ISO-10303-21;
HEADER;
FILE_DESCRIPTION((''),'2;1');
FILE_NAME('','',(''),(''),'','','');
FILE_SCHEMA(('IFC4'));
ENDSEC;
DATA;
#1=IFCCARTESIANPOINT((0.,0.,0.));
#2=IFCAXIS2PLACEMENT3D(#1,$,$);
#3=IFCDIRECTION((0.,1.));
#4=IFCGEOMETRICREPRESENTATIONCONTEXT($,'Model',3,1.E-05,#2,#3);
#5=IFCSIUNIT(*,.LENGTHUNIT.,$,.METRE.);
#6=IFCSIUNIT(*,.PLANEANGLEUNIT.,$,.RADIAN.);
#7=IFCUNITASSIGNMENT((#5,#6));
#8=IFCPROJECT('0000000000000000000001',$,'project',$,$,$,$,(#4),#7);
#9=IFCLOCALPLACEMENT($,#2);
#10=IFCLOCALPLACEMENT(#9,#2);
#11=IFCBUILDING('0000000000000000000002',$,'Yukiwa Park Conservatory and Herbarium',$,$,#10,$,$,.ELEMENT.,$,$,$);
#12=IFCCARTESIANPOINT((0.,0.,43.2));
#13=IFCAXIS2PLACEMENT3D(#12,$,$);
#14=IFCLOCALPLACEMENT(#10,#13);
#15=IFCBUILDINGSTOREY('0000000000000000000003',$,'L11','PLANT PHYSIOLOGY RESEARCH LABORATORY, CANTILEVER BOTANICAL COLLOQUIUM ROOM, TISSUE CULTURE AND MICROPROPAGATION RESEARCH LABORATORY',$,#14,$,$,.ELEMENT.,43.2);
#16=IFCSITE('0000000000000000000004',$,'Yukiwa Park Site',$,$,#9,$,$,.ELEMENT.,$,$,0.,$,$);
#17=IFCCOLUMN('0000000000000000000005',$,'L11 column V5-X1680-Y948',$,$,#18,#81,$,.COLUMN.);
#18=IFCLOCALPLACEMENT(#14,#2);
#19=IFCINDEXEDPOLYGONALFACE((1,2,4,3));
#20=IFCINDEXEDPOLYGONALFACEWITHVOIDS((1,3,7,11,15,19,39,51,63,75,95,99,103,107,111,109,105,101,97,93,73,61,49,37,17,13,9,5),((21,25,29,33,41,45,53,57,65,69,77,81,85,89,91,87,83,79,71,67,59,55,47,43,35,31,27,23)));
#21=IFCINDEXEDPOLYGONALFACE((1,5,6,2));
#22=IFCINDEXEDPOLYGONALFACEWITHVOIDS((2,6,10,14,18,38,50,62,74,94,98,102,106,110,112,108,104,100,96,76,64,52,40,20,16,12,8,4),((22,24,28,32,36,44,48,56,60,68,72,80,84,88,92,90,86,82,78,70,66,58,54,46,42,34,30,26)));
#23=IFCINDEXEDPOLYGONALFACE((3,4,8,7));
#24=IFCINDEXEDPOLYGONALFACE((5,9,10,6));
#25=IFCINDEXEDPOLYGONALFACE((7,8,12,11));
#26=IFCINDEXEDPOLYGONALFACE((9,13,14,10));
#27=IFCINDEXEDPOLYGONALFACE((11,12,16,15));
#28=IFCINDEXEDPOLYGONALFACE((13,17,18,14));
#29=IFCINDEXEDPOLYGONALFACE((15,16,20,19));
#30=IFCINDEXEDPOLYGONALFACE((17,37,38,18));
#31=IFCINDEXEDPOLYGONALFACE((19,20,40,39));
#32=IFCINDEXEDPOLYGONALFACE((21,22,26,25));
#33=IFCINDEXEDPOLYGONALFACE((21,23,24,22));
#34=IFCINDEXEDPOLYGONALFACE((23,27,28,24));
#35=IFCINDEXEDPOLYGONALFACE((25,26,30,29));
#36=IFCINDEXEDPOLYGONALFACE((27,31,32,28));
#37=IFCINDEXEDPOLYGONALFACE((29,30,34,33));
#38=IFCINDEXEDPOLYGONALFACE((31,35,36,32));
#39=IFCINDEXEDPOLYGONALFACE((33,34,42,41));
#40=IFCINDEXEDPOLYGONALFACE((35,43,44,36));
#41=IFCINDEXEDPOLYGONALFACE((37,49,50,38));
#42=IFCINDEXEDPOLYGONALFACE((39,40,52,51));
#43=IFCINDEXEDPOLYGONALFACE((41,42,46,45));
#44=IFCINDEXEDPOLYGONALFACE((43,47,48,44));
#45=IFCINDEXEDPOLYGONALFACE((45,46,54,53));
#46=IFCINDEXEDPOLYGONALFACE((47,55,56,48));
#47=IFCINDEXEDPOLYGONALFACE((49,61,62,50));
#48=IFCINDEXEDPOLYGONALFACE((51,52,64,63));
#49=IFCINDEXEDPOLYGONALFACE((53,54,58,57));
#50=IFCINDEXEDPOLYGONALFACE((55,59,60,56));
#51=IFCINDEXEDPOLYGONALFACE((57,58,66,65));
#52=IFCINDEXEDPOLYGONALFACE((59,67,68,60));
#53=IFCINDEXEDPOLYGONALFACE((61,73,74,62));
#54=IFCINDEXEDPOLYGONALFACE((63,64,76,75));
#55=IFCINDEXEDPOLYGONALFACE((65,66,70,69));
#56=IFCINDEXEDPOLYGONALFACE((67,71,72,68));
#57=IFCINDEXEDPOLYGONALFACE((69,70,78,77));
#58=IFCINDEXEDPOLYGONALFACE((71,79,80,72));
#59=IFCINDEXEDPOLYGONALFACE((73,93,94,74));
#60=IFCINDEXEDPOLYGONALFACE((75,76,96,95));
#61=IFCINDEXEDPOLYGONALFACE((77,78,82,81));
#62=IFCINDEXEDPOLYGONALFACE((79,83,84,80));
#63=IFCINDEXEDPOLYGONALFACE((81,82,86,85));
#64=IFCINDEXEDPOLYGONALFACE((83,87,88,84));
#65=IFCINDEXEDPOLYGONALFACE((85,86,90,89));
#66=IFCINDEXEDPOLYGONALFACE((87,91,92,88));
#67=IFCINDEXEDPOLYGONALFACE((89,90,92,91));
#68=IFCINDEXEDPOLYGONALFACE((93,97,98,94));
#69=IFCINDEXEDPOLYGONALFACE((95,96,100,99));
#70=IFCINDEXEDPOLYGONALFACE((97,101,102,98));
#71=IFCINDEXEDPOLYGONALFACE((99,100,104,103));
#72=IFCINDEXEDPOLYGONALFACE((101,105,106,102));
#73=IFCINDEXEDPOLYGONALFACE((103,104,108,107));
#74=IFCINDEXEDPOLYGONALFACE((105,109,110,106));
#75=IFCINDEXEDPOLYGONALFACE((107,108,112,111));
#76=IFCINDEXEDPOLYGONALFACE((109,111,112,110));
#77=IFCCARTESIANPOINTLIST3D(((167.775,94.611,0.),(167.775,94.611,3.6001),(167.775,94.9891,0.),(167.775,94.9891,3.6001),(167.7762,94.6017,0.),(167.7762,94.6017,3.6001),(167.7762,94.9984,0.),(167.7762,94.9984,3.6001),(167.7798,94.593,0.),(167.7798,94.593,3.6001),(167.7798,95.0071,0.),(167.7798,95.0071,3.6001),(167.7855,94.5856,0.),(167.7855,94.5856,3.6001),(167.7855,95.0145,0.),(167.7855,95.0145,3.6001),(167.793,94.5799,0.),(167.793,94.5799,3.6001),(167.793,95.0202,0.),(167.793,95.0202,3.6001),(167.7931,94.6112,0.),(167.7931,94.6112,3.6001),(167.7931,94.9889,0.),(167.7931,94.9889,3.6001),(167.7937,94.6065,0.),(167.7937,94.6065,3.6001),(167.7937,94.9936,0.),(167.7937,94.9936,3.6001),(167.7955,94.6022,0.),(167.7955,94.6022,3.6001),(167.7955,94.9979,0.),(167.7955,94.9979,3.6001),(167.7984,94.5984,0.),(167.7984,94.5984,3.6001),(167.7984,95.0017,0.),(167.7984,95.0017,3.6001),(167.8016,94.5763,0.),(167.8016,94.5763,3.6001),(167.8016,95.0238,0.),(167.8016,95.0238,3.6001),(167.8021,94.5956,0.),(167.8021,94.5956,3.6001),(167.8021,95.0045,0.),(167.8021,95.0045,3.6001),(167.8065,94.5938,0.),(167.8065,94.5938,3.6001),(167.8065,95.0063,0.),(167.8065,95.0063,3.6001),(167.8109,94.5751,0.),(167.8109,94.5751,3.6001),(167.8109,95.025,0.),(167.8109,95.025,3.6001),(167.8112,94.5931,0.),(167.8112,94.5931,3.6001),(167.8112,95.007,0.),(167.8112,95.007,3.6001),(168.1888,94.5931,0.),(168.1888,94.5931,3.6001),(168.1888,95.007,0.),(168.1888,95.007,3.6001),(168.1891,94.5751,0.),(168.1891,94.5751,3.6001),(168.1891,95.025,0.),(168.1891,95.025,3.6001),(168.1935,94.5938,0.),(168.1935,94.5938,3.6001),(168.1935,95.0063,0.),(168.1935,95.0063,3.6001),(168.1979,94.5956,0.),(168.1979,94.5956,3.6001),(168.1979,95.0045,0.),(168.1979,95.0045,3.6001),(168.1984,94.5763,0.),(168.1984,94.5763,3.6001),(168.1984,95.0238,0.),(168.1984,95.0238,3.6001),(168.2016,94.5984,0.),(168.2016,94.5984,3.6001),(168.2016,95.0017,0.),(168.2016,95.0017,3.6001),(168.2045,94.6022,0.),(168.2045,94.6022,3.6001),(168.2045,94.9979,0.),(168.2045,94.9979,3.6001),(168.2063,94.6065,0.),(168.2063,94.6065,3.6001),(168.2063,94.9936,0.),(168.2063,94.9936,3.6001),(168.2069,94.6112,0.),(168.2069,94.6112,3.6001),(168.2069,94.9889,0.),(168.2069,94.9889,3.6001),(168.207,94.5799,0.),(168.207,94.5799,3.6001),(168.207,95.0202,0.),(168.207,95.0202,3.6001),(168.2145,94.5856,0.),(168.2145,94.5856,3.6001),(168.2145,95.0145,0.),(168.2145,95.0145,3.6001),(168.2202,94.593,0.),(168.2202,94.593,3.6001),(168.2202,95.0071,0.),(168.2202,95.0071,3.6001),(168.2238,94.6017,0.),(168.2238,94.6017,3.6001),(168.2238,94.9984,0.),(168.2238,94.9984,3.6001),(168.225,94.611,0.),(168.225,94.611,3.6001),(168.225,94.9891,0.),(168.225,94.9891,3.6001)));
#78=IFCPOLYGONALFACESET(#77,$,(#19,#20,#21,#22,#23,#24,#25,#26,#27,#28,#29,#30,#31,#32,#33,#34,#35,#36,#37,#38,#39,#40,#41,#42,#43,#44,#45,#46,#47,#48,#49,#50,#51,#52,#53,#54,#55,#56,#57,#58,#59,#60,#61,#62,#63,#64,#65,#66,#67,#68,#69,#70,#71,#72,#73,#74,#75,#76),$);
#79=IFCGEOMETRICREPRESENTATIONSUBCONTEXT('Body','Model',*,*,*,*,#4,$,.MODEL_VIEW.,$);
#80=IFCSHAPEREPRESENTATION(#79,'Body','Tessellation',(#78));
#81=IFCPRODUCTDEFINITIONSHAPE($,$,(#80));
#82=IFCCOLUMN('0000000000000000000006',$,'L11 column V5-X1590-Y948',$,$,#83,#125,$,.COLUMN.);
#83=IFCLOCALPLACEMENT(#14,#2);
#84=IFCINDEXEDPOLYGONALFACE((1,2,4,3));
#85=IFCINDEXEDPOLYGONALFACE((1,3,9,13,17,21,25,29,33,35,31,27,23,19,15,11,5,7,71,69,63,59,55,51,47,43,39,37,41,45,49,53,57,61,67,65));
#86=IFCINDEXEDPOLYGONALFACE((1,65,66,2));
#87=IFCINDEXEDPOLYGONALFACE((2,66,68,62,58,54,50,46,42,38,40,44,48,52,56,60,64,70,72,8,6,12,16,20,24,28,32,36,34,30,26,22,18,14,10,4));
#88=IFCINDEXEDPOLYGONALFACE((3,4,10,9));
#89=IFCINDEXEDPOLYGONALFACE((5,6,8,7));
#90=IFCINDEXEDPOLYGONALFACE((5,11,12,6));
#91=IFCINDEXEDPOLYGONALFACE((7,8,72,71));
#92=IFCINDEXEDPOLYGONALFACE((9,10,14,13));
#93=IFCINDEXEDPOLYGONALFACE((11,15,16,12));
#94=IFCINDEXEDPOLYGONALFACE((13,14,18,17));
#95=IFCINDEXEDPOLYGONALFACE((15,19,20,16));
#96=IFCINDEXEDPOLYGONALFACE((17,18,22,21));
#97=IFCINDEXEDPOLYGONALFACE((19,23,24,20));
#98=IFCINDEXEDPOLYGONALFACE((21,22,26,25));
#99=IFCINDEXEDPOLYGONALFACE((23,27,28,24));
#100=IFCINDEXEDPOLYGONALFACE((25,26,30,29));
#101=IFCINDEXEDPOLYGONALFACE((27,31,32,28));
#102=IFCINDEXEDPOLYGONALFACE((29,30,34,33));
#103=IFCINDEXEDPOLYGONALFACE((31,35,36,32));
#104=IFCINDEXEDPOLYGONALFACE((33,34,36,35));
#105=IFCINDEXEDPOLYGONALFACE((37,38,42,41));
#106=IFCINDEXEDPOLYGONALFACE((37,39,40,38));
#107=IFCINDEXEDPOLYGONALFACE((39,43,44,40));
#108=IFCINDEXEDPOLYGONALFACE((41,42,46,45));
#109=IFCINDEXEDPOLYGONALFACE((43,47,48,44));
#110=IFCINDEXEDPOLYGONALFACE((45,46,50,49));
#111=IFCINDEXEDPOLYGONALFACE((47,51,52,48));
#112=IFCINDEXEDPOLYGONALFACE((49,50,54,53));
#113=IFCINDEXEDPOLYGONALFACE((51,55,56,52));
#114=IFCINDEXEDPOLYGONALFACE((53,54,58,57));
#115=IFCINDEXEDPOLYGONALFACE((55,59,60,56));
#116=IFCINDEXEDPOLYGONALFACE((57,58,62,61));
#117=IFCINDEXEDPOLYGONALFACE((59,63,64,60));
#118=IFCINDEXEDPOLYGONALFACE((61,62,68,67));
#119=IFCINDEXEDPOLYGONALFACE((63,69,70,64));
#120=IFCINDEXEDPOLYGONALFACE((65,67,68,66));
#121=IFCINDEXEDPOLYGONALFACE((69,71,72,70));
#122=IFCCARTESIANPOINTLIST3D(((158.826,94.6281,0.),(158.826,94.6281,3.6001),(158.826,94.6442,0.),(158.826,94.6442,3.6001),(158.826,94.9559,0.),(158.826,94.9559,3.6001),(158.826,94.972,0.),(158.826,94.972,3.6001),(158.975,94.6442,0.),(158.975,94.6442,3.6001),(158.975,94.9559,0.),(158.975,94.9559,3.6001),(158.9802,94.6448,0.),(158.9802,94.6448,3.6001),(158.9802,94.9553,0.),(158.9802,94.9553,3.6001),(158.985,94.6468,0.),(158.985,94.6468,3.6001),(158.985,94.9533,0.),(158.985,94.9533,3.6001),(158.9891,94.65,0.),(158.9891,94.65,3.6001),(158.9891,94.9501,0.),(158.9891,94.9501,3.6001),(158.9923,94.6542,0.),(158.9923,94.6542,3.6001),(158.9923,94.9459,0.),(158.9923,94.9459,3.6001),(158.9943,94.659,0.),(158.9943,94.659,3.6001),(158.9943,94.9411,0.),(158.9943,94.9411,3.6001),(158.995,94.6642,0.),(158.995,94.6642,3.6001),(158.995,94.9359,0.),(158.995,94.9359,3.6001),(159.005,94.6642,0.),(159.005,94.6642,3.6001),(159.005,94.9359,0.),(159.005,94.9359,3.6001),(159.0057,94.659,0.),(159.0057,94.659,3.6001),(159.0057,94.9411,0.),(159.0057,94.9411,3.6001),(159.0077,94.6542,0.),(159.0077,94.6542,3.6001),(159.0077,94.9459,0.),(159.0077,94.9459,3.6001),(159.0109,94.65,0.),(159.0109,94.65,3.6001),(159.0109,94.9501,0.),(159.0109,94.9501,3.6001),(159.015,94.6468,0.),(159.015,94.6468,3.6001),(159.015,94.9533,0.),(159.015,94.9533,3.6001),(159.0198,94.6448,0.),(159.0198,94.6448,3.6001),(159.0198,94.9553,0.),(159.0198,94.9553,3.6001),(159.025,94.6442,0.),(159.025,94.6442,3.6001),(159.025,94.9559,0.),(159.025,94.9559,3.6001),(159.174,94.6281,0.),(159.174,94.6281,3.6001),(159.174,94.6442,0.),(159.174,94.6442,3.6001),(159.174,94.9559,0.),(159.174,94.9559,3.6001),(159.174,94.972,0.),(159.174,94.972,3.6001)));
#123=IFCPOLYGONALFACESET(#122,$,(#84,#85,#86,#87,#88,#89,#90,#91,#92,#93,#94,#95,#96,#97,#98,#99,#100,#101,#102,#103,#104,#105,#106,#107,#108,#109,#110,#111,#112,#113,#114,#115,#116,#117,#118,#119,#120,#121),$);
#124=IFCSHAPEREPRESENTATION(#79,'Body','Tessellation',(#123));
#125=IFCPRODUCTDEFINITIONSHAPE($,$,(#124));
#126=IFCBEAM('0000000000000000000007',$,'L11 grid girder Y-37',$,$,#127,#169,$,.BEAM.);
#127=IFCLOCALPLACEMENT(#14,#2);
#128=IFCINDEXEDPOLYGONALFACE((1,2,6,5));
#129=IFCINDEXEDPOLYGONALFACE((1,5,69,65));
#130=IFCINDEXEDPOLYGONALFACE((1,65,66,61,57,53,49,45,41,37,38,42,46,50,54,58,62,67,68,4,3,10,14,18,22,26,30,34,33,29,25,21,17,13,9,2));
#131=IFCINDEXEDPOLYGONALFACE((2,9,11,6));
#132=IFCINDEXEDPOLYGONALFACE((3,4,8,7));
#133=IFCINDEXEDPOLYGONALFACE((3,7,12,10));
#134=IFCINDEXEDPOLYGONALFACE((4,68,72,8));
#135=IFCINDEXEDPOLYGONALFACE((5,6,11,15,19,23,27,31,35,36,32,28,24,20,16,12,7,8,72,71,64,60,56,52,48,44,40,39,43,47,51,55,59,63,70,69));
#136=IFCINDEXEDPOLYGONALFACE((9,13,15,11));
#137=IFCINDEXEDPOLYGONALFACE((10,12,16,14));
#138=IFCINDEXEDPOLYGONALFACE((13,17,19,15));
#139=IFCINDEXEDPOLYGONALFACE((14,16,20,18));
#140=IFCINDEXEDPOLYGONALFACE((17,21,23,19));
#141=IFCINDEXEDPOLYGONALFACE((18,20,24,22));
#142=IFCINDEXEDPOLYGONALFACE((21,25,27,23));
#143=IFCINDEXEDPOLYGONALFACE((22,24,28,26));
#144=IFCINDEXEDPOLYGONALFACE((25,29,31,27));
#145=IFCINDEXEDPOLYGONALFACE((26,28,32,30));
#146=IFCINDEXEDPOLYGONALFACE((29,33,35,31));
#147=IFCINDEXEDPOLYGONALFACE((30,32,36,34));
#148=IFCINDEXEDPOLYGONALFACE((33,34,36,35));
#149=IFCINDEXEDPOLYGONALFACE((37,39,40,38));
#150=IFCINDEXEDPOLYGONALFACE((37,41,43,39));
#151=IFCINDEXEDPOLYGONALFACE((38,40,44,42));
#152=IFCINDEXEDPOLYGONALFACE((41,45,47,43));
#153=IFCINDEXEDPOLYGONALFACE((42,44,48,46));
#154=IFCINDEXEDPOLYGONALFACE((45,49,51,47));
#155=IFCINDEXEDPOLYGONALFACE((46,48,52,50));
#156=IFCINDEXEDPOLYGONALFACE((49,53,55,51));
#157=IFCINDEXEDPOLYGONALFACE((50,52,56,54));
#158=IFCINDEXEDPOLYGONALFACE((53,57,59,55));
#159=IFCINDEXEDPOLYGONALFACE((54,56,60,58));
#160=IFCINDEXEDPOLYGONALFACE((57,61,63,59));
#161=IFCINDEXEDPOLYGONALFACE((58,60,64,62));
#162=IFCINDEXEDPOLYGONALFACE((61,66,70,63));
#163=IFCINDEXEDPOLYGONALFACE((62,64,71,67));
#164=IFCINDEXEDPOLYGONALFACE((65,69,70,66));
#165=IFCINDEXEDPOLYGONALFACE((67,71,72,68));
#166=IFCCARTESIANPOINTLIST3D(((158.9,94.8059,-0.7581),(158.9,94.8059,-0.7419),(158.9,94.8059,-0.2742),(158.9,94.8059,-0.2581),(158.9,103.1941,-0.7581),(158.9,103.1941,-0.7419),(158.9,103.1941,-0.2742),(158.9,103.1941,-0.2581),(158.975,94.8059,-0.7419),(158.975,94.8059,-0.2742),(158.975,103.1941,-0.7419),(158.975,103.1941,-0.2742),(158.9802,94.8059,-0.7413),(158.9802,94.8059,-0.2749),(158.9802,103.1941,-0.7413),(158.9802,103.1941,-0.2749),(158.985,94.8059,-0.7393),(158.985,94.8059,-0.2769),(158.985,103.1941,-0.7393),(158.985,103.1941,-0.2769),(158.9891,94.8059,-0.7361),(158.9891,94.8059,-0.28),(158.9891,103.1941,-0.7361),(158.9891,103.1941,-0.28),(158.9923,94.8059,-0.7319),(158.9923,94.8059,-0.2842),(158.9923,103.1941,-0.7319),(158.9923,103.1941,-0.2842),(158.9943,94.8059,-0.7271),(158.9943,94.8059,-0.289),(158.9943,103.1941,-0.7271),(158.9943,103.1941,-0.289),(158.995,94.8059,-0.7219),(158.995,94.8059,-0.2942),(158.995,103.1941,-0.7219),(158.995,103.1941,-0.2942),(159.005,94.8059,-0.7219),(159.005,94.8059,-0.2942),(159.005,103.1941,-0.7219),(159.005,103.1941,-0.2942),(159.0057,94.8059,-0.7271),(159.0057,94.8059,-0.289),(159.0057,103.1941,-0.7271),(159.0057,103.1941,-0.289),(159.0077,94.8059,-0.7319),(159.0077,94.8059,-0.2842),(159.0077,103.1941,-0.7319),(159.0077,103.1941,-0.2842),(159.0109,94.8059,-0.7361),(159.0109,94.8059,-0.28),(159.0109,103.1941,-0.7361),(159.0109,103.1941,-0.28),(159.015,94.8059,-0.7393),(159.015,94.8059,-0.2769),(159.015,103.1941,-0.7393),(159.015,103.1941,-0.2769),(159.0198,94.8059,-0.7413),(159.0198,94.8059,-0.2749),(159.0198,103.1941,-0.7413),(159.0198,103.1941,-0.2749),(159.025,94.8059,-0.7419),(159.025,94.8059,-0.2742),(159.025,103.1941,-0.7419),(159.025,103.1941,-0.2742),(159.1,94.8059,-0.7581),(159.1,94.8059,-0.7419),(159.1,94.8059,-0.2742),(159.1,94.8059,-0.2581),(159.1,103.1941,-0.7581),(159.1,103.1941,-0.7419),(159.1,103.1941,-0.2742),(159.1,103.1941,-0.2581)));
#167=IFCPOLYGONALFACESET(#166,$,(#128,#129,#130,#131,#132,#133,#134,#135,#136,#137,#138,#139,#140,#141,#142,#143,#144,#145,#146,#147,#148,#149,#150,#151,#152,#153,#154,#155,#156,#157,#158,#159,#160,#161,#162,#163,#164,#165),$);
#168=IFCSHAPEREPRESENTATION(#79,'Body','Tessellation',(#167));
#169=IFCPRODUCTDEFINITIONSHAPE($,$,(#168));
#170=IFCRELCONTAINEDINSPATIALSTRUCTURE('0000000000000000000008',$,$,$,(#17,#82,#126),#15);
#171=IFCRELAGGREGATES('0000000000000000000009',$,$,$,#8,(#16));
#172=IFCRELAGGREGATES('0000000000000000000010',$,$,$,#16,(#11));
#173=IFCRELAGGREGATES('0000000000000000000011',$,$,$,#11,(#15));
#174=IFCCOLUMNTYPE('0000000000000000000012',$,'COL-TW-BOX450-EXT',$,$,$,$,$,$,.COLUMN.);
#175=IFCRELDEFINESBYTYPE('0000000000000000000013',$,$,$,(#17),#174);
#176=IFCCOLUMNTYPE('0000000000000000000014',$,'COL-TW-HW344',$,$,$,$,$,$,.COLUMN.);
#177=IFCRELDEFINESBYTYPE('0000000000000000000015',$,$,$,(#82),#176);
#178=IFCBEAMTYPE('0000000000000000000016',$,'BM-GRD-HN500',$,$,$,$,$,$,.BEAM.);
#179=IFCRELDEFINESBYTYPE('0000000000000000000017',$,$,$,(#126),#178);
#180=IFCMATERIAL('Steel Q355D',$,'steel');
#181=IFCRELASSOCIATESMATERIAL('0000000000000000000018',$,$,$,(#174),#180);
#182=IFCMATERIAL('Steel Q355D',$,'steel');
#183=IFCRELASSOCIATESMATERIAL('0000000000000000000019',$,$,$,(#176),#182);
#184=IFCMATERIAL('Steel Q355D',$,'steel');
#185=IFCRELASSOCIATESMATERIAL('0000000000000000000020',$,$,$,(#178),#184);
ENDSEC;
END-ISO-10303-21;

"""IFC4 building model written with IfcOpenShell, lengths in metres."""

from ifc_helpers import new_model, si_unit, direction, frame, origin, origin_2d, place, context, subcontext, project, spatial, hollow_rectangle, i_section, extrude, material, material_profile, profile_set, type_object, element, save


model = new_model("IFC4")

# Units and contexts
model_context = context("Model", 3, precision=1e-05, world=origin(), true_north=direction((0.0, 1.0)))
body_context = subcontext(model_context, "Body", "Model", "MODEL_VIEW")
ifc_project = project(units=[si_unit("LENGTHUNIT", "METRE"), si_unit("PLANEANGLEUNIT", "RADIAN")], contexts=[model_context])

# Site, building, storey
site_placement = place(None, origin())
site = spatial("IfcSite", under=ifc_project, at=site_placement, Name="Yukiwa Park Site", CompositionType="ELEMENT", RefElevation=0.0)
building_placement = place(site_placement, origin())
building = spatial("IfcBuilding", under=site, at=building_placement, Name="Yukiwa Park Conservatory and Herbarium", CompositionType="ELEMENT")
storey_placement = place(building_placement, frame((0.0, 0.0, 43.2)))
storey = spatial("IfcBuildingStorey", under=building, at=storey_placement, Name="L11", Description="PLANT PHYSIOLOGY RESEARCH LABORATORY, CANTILEVER BOTANICAL COLLOQUIUM ROOM, TISSUE CULTURE AND MICROPROPAGATION RESEARCH LABORATORY", CompositionType="ELEMENT", Elevation=43.2)

# Columns
ifc_material_1 = material(Name="Steel Q355D", Category="steel")
ifc_material_profile_1 = material_profile(ifc_material_1, hollow_rectangle(XDim=0.45, YDim=0.45, WallThickness=0.0181, InnerFilletRadius=0.0181, OuterFilletRadius=0.0359, at=origin_2d()), Name="BOX 450x450x18")
ifc_profile_set_1 = profile_set([ifc_material_profile_1], Name="Steel Q355D")
column_type_1 = type_object("IfcColumnType", Name="COL-TW-BOX450-EXT", PredefinedType="COLUMN", material=ifc_profile_set_1)
column_1_placement = place(storey_placement, frame((168.0, 94.8, 0.0), z_axis=(0.0, 0.0, 1.0), x_axis=(1.0, 0.0, 0.0)))
element("IfcColumn", 1, at=column_1_placement, inside=storey, type_object=column_type_1, Name="L11 column V5-X1680-Y948", PredefinedType="COLUMN", context=body_context, shape_type="SweptSolid", body=[
    extrude(hollow_rectangle(XDim=0.45, YDim=0.45, WallThickness=0.0181, InnerFilletRadius=0.0181, OuterFilletRadius=0.0359, at=origin_2d()), origin(), (0.0, 0.0, 1.0), 3.6001),
])
ifc_material_2 = material(Name="Steel Q355D", Category="steel")
ifc_material_profile_2 = material_profile(ifc_material_2, i_section(OverallWidth=0.3479, OverallDepth=0.344, WebThickness=0.01, FlangeThickness=0.0161, FilletRadius=0.02, at=origin_2d()), Name="HW 344x348x10x16")
ifc_profile_set_2 = profile_set([ifc_material_profile_2], Name="Steel Q355D")
column_type_2 = type_object("IfcColumnType", Name="COL-TW-HW344", PredefinedType="COLUMN", material=ifc_profile_set_2)
column_2_placement = place(storey_placement, frame((159.0, 94.8, 0.0), z_axis=(0.0, 0.0, 1.0), x_axis=(1.0, 0.0, 0.0)))
element("IfcColumn", 2, at=column_2_placement, inside=storey, type_object=column_type_2, Name="L11 column V5-X1590-Y948", PredefinedType="COLUMN", context=body_context, shape_type="SweptSolid", body=[
    extrude(i_section(OverallWidth=0.3479, OverallDepth=0.344, WebThickness=0.01, FlangeThickness=0.0161, FilletRadius=0.02, at=origin_2d()), origin(), (0.0, 0.0, 1.0), 3.6001),
])

# Beam
ifc_material_3 = material(Name="Steel Q355D", Category="steel")
ifc_material_profile_3 = material_profile(ifc_material_3, i_section(OverallWidth=0.2, OverallDepth=0.5, WebThickness=0.01, FlangeThickness=0.0161, FilletRadius=0.02, at=origin_2d()), Name="HN 500x200x10x16")
ifc_profile_set_3 = profile_set([ifc_material_profile_3], Name="Steel Q355D")
beam_type_1 = type_object("IfcBeamType", Name="BM-GRD-HN500", PredefinedType="BEAM", material=ifc_profile_set_3)
beam_1_placement = place(storey_placement, frame((159.0, 94.8059, -0.5081), z_axis=(0.0, 1.0, 0.0), x_axis=(-1.0, 0.0, 0.0)))
element("IfcBeam", 3, at=beam_1_placement, inside=storey, type_object=beam_type_1, Name="L11 grid girder Y-37", PredefinedType="BEAM", context=body_context, shape_type="SweptSolid", body=[
    extrude(i_section(OverallWidth=0.2, OverallDepth=0.5, WebThickness=0.01, FlangeThickness=0.0161, FilletRadius=0.02, at=origin_2d()), origin(), (0.0, 0.0, 1.0), 8.3882),
])

save(model, "model.ifc")
